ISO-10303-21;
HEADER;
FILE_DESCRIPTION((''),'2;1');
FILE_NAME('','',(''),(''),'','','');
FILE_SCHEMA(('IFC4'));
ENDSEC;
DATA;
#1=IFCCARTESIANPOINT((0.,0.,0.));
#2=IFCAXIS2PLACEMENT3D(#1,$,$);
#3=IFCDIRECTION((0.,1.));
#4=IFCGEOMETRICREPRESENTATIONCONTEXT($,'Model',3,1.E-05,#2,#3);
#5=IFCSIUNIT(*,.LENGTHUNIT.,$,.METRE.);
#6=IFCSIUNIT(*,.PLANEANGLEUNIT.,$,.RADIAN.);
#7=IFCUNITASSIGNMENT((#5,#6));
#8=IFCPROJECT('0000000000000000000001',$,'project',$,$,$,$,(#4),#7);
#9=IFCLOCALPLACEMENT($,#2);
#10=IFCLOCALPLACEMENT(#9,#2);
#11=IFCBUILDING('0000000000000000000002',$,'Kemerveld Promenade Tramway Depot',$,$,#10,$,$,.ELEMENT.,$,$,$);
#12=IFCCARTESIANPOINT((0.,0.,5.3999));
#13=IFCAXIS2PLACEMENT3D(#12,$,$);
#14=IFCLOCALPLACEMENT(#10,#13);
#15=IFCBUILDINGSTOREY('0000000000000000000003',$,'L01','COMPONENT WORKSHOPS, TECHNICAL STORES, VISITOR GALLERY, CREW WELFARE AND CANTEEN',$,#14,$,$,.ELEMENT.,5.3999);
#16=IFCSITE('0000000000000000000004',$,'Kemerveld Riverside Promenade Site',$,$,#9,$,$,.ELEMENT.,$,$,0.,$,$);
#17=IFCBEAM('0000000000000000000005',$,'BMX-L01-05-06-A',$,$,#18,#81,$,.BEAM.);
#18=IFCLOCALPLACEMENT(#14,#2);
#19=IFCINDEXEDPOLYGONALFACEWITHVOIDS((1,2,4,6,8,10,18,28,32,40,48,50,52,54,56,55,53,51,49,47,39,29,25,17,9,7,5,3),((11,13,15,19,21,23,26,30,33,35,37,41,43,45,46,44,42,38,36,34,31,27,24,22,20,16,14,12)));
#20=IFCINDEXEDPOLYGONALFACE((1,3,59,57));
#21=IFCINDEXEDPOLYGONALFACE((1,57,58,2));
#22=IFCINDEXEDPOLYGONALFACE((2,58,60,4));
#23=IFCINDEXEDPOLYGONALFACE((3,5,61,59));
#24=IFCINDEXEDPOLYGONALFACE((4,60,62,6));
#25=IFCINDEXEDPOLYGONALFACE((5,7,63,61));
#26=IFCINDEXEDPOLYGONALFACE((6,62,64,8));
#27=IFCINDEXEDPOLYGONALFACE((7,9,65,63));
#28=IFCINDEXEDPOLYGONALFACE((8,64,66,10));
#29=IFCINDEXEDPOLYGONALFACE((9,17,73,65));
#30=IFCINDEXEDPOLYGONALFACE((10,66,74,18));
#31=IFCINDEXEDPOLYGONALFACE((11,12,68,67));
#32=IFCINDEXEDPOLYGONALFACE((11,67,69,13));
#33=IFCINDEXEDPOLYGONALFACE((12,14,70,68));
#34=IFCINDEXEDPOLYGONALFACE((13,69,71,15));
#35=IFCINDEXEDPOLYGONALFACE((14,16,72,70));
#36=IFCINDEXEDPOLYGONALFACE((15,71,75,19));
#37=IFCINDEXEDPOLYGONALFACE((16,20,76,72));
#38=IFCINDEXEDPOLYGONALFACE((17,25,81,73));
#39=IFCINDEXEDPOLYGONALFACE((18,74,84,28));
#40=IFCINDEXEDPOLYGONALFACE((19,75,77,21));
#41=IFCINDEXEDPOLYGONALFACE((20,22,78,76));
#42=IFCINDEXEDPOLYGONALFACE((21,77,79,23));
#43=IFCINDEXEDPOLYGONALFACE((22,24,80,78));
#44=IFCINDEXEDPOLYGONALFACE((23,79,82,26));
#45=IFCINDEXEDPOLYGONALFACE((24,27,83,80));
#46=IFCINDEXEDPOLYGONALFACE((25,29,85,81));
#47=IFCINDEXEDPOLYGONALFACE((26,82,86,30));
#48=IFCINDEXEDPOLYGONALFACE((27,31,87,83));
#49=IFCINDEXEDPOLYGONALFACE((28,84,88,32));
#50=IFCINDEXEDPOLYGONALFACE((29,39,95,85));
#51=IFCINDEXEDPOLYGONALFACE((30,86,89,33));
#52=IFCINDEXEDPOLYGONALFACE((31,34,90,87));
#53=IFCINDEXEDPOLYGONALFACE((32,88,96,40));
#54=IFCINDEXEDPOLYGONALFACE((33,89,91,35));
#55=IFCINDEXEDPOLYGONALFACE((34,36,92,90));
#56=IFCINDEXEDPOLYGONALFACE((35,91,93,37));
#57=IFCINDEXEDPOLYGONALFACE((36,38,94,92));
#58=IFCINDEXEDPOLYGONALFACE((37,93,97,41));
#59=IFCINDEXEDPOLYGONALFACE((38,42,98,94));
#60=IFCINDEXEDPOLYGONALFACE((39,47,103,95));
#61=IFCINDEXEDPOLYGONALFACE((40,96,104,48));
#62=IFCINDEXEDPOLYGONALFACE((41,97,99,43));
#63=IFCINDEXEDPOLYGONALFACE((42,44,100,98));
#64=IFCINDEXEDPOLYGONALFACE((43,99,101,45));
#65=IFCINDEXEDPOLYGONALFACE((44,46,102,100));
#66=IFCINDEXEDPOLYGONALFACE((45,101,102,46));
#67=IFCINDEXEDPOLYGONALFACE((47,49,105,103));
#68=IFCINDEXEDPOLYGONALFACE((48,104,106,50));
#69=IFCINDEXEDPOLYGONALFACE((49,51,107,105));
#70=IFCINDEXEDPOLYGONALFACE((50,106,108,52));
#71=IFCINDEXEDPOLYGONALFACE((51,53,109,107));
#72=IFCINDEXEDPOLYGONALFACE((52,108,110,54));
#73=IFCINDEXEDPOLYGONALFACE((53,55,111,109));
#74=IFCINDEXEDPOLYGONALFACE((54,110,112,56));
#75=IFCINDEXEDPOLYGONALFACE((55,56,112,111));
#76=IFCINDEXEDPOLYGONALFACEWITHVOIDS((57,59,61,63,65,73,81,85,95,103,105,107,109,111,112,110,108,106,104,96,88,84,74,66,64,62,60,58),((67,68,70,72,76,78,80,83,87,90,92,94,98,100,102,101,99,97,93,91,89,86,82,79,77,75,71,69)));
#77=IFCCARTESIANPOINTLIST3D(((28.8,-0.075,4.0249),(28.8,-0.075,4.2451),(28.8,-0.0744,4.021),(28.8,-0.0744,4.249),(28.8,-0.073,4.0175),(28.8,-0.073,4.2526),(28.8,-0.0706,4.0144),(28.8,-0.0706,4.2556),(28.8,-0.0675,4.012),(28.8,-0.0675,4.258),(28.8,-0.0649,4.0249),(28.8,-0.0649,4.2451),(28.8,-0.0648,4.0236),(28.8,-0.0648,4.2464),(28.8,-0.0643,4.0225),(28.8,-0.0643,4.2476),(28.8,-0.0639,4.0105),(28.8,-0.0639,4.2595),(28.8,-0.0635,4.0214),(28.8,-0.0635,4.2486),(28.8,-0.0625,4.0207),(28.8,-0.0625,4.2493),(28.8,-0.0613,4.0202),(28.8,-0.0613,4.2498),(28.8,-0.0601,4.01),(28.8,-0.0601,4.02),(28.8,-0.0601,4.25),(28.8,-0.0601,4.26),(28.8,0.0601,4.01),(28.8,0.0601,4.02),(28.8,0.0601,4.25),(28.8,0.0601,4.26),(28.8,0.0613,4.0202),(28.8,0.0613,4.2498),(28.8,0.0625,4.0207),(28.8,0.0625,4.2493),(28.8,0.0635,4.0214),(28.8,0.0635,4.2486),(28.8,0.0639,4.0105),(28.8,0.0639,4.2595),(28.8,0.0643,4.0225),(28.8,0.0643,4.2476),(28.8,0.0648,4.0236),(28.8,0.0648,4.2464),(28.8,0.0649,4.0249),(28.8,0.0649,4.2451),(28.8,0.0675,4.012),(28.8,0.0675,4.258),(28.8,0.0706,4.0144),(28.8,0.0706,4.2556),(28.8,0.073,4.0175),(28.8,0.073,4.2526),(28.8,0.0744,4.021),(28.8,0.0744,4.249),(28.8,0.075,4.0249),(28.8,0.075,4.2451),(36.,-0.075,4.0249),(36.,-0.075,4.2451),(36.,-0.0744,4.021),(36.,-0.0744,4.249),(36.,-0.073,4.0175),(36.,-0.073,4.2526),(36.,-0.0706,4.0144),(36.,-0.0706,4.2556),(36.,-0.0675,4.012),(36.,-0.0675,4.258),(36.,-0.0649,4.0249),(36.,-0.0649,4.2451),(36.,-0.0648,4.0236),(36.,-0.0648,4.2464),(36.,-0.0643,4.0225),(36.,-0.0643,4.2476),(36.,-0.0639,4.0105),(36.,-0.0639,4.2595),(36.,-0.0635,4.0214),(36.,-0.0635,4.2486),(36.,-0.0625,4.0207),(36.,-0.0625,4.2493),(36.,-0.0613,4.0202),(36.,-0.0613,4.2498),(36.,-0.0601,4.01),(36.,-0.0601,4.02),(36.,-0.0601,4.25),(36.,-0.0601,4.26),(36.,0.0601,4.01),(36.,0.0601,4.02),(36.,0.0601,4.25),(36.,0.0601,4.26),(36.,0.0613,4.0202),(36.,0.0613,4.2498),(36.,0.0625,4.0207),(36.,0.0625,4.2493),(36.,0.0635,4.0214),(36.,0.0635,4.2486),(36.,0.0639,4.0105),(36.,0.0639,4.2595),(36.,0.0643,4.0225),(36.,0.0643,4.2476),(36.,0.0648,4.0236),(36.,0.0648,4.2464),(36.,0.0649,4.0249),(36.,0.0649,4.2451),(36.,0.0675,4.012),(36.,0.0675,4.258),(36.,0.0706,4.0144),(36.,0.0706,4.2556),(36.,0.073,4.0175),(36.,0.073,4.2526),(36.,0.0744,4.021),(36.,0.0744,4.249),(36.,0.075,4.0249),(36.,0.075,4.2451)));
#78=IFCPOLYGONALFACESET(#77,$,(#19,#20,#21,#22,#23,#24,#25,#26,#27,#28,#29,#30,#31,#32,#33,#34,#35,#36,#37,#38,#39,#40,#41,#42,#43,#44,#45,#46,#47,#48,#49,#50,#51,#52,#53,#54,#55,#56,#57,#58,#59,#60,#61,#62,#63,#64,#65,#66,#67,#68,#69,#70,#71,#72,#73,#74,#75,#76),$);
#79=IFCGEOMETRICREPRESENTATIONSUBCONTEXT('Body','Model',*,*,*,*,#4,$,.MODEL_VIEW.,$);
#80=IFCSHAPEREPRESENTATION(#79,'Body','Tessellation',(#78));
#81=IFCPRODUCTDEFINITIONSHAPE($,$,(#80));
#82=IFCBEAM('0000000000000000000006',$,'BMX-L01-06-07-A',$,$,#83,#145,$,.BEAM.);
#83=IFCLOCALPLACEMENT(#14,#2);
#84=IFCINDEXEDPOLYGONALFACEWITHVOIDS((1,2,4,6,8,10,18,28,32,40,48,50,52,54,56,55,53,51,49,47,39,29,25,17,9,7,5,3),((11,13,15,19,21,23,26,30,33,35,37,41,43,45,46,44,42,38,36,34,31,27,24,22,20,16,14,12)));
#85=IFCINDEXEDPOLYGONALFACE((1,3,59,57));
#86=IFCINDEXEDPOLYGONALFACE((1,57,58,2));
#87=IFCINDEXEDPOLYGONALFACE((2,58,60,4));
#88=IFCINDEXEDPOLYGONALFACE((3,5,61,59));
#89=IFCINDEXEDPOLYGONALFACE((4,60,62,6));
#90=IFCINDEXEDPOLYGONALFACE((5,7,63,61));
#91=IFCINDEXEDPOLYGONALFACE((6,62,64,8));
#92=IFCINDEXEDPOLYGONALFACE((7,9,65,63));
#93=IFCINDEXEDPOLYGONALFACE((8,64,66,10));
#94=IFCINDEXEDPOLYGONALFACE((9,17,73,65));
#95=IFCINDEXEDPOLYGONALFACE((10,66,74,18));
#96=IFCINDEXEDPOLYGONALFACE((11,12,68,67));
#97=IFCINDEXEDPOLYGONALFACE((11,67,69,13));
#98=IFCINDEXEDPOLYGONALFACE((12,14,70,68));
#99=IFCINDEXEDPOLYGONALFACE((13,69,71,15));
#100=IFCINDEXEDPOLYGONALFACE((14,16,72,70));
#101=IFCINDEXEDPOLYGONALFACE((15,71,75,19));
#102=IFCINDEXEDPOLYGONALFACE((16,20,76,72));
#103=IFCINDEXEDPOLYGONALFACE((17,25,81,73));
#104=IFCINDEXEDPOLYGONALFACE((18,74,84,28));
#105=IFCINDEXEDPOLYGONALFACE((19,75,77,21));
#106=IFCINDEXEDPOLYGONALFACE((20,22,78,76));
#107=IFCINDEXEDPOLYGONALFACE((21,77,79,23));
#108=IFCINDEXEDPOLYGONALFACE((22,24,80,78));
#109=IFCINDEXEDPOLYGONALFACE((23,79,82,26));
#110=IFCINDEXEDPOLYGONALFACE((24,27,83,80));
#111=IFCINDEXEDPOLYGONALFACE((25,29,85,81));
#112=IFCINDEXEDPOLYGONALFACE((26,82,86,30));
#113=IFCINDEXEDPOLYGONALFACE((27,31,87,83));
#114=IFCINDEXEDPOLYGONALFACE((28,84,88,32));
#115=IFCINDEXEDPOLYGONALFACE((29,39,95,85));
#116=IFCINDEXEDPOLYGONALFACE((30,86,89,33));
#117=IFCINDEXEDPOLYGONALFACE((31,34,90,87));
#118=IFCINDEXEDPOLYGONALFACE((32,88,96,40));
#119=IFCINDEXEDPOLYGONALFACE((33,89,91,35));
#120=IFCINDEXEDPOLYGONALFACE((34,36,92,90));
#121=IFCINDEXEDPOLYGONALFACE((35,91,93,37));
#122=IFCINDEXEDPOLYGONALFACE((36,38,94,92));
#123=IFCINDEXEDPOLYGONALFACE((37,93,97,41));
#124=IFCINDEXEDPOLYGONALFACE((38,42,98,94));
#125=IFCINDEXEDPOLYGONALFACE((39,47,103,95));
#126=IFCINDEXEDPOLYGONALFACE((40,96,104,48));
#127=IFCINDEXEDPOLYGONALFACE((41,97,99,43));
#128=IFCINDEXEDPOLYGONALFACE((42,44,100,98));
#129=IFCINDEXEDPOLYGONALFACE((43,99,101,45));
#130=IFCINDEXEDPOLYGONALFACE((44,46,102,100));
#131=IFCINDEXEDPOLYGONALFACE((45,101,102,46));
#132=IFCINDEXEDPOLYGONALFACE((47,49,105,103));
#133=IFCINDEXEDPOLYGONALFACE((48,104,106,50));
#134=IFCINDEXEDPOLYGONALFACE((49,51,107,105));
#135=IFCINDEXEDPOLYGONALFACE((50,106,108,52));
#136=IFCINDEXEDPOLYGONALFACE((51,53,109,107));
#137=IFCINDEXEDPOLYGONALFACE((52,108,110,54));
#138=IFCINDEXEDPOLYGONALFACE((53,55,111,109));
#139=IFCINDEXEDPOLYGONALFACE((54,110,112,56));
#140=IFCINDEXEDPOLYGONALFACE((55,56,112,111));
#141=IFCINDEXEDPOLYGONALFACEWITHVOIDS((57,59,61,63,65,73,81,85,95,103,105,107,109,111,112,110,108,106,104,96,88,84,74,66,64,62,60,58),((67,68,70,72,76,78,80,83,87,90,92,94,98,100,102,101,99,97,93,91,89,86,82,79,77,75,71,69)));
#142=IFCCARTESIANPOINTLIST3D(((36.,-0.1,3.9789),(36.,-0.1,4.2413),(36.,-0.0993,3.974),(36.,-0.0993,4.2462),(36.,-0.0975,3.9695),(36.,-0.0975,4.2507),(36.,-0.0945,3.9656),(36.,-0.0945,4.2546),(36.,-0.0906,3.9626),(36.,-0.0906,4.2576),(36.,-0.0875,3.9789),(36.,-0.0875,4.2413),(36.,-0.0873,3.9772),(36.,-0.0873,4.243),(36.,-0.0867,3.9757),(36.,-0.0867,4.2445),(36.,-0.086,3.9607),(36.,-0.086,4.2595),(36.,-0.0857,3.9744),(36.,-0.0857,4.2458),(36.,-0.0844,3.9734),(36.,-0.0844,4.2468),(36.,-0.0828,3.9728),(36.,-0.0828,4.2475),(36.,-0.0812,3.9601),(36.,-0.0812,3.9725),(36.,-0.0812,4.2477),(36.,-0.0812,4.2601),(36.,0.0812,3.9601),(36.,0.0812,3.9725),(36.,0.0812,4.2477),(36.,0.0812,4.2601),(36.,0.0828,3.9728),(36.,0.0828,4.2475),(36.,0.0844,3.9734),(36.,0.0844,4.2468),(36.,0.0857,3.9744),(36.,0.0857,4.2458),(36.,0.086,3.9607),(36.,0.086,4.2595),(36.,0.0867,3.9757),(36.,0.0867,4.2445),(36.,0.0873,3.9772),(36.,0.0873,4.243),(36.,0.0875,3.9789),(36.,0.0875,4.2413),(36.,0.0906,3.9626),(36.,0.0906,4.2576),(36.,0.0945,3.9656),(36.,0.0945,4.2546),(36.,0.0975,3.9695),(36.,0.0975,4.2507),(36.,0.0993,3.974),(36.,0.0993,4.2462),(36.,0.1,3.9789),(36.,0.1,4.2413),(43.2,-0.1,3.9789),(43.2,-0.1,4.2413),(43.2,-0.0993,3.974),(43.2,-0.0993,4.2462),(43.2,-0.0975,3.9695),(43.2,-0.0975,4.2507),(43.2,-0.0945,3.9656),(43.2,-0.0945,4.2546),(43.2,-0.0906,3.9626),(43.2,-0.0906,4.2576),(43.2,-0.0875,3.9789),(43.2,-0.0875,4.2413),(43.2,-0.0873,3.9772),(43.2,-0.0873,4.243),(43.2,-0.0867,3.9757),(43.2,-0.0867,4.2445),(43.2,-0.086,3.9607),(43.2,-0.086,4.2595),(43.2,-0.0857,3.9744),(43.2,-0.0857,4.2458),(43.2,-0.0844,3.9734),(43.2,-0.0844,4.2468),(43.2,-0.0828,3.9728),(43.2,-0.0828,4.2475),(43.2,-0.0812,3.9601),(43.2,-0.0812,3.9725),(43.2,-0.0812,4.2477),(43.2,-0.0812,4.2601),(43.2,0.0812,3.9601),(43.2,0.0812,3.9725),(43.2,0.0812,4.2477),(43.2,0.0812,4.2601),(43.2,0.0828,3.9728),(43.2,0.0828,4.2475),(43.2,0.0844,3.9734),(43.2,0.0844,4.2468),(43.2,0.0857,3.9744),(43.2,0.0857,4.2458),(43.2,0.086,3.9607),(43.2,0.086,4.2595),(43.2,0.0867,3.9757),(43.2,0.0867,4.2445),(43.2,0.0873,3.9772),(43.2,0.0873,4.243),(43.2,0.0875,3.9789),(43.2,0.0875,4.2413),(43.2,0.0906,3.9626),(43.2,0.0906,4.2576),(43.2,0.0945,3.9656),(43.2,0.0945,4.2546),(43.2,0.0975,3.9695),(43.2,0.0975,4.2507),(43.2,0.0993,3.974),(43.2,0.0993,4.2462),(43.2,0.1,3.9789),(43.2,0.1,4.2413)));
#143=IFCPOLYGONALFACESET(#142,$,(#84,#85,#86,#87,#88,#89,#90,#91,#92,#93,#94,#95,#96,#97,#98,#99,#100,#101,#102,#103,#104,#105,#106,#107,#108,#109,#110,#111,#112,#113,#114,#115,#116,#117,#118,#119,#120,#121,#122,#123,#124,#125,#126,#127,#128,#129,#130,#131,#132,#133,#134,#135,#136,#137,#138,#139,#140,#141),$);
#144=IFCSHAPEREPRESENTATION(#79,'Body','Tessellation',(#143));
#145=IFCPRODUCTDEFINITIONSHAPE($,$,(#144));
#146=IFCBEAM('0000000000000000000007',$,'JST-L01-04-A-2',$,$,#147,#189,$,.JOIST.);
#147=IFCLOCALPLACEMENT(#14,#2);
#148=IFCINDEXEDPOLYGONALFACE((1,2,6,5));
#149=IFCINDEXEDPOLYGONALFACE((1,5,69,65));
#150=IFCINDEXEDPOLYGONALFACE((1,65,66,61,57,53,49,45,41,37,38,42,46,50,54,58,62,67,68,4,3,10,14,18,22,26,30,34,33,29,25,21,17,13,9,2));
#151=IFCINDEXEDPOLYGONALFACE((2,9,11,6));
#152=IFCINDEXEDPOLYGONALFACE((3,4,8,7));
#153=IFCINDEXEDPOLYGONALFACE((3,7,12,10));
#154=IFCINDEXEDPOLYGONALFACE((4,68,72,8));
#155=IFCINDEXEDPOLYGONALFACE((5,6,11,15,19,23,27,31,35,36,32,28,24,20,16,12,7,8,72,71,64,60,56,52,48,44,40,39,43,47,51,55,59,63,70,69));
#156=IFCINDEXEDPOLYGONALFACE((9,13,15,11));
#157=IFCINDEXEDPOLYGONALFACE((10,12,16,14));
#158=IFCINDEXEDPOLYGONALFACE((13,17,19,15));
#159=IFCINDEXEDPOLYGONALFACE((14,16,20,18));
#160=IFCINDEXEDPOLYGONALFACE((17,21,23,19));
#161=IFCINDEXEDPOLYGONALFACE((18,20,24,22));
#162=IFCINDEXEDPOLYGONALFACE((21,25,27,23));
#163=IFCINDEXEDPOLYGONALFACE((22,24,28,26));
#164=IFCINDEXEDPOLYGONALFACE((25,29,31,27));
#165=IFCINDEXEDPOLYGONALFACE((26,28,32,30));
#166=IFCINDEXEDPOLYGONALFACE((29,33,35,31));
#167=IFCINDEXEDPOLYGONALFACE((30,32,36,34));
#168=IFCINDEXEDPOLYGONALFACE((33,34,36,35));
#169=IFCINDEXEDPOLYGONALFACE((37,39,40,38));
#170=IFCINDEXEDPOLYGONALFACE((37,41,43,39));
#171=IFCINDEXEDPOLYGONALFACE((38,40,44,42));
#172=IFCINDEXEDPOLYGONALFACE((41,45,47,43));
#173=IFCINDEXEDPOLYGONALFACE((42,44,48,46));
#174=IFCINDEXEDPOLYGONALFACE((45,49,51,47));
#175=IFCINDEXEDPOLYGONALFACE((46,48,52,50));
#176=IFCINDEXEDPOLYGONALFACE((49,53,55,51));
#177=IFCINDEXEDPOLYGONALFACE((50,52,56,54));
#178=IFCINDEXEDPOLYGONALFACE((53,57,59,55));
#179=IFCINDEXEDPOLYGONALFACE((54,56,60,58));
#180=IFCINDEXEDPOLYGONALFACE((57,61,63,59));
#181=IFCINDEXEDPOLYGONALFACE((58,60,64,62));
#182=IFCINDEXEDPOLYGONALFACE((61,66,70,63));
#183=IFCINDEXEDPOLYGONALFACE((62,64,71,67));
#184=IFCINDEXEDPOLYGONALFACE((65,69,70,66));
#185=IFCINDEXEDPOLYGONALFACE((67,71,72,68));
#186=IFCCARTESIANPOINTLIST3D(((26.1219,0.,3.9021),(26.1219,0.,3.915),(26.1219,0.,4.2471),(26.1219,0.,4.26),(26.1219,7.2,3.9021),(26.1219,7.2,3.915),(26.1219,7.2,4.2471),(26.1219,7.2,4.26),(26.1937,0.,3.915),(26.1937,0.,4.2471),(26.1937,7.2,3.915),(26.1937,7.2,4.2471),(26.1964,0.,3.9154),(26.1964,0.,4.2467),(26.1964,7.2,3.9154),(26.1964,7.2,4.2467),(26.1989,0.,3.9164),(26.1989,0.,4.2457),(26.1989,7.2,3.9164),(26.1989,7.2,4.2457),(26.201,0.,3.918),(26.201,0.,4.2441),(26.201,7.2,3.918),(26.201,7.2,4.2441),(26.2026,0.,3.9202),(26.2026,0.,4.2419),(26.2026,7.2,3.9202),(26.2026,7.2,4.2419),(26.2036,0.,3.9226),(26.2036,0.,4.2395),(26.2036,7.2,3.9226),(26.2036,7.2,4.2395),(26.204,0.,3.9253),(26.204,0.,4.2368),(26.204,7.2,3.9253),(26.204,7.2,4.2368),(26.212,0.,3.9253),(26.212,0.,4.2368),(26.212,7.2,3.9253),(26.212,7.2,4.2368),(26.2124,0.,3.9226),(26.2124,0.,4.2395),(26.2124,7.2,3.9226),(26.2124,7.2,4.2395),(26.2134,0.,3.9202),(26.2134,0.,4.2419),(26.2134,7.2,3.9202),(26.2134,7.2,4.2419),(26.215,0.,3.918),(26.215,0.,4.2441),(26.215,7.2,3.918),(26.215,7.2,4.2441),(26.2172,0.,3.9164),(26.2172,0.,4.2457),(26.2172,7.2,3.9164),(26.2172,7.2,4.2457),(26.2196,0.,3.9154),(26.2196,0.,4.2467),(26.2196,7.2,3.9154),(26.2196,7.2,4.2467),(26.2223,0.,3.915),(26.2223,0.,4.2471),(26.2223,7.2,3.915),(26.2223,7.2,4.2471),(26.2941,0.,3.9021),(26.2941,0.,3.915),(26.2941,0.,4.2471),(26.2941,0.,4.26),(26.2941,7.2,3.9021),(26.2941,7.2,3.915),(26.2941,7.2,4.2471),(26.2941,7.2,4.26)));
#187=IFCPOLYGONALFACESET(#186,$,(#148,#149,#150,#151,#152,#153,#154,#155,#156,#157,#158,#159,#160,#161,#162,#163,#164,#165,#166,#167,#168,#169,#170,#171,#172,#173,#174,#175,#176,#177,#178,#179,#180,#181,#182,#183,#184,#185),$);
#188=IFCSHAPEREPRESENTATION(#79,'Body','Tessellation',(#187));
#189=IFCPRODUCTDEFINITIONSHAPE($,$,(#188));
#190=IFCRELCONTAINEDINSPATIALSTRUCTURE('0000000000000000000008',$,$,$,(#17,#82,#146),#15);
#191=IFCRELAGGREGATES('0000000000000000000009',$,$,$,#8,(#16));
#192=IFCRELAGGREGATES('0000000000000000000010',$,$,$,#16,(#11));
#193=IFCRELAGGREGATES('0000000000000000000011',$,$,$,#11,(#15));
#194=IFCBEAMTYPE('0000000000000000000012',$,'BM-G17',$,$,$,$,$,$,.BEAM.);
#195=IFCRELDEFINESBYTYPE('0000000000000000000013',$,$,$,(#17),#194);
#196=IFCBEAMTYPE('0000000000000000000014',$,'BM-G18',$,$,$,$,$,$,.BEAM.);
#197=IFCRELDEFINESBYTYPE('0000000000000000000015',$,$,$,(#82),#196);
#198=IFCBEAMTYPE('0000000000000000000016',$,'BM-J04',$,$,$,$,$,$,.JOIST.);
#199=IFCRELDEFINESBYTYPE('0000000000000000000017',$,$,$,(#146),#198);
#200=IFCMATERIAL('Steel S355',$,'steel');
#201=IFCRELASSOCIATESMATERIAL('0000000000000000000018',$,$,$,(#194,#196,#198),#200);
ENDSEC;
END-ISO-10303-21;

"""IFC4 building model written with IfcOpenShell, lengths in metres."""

from ifc_helpers import new_model, si_unit, direction, frame, origin, origin_2d, place, context, subcontext, project, spatial, hollow_rectangle, i_section, extrude, material, material_profile, profile_set, type_object, element, save


model = new_model("IFC4")

# Units and contexts
model_context = context("Model", 3, precision=1e-05, world=origin(), true_north=direction((0.0, 1.0)))
body_context = subcontext(model_context, "Body", "Model", "MODEL_VIEW")
ifc_project = project(units=[si_unit("LENGTHUNIT", "METRE"), si_unit("PLANEANGLEUNIT", "RADIAN")], contexts=[model_context])

# Site, building, storey
site_placement = place(None, origin())
site = spatial("IfcSite", under=ifc_project, at=site_placement, Name="Kemerveld Riverside Promenade Site", CompositionType="ELEMENT", RefElevation=0.0)
building_placement = place(site_placement, origin())
building = spatial("IfcBuilding", under=site, at=building_placement, Name="Kemerveld Promenade Tramway Depot", CompositionType="ELEMENT")
storey_placement = place(building_placement, frame((0.0, 0.0, 5.3999)))
storey = spatial("IfcBuildingStorey", under=building, at=storey_placement, Name="L01", Description="COMPONENT WORKSHOPS, TECHNICAL STORES, VISITOR GALLERY, CREW WELFARE AND CANTEEN", CompositionType="ELEMENT", Elevation=5.3999)

# Shared definitions
ifc_material_1 = material(Name="Steel S355", Category="steel")

# Beams
ifc_material_profile_1 = material_profile(ifc_material_1, hollow_rectangle(XDim=0.1499, YDim=0.25, WallThickness=0.01, InnerFilletRadius=0.0049, OuterFilletRadius=0.0149, at=origin_2d()), Name="250x150x10.0 RHS")
ifc_profile_set_1 = profile_set([ifc_material_profile_1], Name="Steel S355")
beam_type_1 = type_object("IfcBeamType", Name="BM-G17", PredefinedType="BEAM", material=ifc_profile_set_1)
beam_1_placement = place(storey_placement, frame((28.8, 0.0, 4.135), z_axis=(1.0, 0.0, 0.0), x_axis=(0.0, 1.0, 0.0)))
element("IfcBeam", 1, at=beam_1_placement, inside=storey, type_object=beam_type_1, Name="BMX-L01-05-06-A", PredefinedType="BEAM", context=body_context, shape_type="SweptSolid", body=[
    extrude(hollow_rectangle(XDim=0.1499, YDim=0.25, WallThickness=0.01, InnerFilletRadius=0.0049, OuterFilletRadius=0.0149, at=origin_2d()), origin(), (0.0, 0.0, 1.0), 7.2),
])
ifc_material_profile_2 = material_profile(ifc_material_1, hollow_rectangle(XDim=0.2, YDim=0.3, WallThickness=0.0125, InnerFilletRadius=0.0063, OuterFilletRadius=0.0188, at=origin_2d()), Name="300x200x12.5 RHS")
ifc_profile_set_2 = profile_set([ifc_material_profile_2], Name="Steel S355")
beam_type_2 = type_object("IfcBeamType", Name="BM-G18", PredefinedType="BEAM", material=ifc_profile_set_2)
beam_2_placement = place(storey_placement, frame((36.0, 0.0, 4.1101), z_axis=(1.0, 0.0, 0.0), x_axis=(0.0, 1.0, 0.0)))
element("IfcBeam", 2, at=beam_2_placement, inside=storey, type_object=beam_type_2, Name="BMX-L01-06-07-A", PredefinedType="BEAM", context=body_context, shape_type="SweptSolid", body=[
    extrude(hollow_rectangle(XDim=0.2, YDim=0.3, WallThickness=0.0125, InnerFilletRadius=0.0063, OuterFilletRadius=0.0188, at=origin_2d()), origin(), (0.0, 0.0, 1.0), 7.2),
])
ifc_material_profile_3 = material_profile(ifc_material_1, i_section(OverallWidth=0.1721, OverallDepth=0.3579, WebThickness=0.0081, FlangeThickness=0.0129, FilletRadius=0.0103, at=origin_2d()), Name="356x171x57 UB")
ifc_profile_set_3 = profile_set([ifc_material_profile_3], Name="Steel S355")
beam_type_3 = type_object("IfcBeamType", Name="BM-J04", PredefinedType="JOIST", material=ifc_profile_set_3)
beam_3_placement = place(storey_placement, frame((26.208, 0.0, 4.0811), z_axis=(0.0, 1.0, 0.0), x_axis=(-1.0, 0.0, 0.0)))
element("IfcBeam", 3, at=beam_3_placement, inside=storey, type_object=beam_type_3, Name="JST-L01-04-A-2", PredefinedType="JOIST", context=body_context, shape_type="SweptSolid", body=[
    extrude(i_section(OverallWidth=0.1721, OverallDepth=0.3579, WebThickness=0.0081, FlangeThickness=0.0129, FilletRadius=0.0103, at=origin_2d()), origin(), (0.0, 0.0, 1.0), 7.2),
])

save(model, "model.ifc")
